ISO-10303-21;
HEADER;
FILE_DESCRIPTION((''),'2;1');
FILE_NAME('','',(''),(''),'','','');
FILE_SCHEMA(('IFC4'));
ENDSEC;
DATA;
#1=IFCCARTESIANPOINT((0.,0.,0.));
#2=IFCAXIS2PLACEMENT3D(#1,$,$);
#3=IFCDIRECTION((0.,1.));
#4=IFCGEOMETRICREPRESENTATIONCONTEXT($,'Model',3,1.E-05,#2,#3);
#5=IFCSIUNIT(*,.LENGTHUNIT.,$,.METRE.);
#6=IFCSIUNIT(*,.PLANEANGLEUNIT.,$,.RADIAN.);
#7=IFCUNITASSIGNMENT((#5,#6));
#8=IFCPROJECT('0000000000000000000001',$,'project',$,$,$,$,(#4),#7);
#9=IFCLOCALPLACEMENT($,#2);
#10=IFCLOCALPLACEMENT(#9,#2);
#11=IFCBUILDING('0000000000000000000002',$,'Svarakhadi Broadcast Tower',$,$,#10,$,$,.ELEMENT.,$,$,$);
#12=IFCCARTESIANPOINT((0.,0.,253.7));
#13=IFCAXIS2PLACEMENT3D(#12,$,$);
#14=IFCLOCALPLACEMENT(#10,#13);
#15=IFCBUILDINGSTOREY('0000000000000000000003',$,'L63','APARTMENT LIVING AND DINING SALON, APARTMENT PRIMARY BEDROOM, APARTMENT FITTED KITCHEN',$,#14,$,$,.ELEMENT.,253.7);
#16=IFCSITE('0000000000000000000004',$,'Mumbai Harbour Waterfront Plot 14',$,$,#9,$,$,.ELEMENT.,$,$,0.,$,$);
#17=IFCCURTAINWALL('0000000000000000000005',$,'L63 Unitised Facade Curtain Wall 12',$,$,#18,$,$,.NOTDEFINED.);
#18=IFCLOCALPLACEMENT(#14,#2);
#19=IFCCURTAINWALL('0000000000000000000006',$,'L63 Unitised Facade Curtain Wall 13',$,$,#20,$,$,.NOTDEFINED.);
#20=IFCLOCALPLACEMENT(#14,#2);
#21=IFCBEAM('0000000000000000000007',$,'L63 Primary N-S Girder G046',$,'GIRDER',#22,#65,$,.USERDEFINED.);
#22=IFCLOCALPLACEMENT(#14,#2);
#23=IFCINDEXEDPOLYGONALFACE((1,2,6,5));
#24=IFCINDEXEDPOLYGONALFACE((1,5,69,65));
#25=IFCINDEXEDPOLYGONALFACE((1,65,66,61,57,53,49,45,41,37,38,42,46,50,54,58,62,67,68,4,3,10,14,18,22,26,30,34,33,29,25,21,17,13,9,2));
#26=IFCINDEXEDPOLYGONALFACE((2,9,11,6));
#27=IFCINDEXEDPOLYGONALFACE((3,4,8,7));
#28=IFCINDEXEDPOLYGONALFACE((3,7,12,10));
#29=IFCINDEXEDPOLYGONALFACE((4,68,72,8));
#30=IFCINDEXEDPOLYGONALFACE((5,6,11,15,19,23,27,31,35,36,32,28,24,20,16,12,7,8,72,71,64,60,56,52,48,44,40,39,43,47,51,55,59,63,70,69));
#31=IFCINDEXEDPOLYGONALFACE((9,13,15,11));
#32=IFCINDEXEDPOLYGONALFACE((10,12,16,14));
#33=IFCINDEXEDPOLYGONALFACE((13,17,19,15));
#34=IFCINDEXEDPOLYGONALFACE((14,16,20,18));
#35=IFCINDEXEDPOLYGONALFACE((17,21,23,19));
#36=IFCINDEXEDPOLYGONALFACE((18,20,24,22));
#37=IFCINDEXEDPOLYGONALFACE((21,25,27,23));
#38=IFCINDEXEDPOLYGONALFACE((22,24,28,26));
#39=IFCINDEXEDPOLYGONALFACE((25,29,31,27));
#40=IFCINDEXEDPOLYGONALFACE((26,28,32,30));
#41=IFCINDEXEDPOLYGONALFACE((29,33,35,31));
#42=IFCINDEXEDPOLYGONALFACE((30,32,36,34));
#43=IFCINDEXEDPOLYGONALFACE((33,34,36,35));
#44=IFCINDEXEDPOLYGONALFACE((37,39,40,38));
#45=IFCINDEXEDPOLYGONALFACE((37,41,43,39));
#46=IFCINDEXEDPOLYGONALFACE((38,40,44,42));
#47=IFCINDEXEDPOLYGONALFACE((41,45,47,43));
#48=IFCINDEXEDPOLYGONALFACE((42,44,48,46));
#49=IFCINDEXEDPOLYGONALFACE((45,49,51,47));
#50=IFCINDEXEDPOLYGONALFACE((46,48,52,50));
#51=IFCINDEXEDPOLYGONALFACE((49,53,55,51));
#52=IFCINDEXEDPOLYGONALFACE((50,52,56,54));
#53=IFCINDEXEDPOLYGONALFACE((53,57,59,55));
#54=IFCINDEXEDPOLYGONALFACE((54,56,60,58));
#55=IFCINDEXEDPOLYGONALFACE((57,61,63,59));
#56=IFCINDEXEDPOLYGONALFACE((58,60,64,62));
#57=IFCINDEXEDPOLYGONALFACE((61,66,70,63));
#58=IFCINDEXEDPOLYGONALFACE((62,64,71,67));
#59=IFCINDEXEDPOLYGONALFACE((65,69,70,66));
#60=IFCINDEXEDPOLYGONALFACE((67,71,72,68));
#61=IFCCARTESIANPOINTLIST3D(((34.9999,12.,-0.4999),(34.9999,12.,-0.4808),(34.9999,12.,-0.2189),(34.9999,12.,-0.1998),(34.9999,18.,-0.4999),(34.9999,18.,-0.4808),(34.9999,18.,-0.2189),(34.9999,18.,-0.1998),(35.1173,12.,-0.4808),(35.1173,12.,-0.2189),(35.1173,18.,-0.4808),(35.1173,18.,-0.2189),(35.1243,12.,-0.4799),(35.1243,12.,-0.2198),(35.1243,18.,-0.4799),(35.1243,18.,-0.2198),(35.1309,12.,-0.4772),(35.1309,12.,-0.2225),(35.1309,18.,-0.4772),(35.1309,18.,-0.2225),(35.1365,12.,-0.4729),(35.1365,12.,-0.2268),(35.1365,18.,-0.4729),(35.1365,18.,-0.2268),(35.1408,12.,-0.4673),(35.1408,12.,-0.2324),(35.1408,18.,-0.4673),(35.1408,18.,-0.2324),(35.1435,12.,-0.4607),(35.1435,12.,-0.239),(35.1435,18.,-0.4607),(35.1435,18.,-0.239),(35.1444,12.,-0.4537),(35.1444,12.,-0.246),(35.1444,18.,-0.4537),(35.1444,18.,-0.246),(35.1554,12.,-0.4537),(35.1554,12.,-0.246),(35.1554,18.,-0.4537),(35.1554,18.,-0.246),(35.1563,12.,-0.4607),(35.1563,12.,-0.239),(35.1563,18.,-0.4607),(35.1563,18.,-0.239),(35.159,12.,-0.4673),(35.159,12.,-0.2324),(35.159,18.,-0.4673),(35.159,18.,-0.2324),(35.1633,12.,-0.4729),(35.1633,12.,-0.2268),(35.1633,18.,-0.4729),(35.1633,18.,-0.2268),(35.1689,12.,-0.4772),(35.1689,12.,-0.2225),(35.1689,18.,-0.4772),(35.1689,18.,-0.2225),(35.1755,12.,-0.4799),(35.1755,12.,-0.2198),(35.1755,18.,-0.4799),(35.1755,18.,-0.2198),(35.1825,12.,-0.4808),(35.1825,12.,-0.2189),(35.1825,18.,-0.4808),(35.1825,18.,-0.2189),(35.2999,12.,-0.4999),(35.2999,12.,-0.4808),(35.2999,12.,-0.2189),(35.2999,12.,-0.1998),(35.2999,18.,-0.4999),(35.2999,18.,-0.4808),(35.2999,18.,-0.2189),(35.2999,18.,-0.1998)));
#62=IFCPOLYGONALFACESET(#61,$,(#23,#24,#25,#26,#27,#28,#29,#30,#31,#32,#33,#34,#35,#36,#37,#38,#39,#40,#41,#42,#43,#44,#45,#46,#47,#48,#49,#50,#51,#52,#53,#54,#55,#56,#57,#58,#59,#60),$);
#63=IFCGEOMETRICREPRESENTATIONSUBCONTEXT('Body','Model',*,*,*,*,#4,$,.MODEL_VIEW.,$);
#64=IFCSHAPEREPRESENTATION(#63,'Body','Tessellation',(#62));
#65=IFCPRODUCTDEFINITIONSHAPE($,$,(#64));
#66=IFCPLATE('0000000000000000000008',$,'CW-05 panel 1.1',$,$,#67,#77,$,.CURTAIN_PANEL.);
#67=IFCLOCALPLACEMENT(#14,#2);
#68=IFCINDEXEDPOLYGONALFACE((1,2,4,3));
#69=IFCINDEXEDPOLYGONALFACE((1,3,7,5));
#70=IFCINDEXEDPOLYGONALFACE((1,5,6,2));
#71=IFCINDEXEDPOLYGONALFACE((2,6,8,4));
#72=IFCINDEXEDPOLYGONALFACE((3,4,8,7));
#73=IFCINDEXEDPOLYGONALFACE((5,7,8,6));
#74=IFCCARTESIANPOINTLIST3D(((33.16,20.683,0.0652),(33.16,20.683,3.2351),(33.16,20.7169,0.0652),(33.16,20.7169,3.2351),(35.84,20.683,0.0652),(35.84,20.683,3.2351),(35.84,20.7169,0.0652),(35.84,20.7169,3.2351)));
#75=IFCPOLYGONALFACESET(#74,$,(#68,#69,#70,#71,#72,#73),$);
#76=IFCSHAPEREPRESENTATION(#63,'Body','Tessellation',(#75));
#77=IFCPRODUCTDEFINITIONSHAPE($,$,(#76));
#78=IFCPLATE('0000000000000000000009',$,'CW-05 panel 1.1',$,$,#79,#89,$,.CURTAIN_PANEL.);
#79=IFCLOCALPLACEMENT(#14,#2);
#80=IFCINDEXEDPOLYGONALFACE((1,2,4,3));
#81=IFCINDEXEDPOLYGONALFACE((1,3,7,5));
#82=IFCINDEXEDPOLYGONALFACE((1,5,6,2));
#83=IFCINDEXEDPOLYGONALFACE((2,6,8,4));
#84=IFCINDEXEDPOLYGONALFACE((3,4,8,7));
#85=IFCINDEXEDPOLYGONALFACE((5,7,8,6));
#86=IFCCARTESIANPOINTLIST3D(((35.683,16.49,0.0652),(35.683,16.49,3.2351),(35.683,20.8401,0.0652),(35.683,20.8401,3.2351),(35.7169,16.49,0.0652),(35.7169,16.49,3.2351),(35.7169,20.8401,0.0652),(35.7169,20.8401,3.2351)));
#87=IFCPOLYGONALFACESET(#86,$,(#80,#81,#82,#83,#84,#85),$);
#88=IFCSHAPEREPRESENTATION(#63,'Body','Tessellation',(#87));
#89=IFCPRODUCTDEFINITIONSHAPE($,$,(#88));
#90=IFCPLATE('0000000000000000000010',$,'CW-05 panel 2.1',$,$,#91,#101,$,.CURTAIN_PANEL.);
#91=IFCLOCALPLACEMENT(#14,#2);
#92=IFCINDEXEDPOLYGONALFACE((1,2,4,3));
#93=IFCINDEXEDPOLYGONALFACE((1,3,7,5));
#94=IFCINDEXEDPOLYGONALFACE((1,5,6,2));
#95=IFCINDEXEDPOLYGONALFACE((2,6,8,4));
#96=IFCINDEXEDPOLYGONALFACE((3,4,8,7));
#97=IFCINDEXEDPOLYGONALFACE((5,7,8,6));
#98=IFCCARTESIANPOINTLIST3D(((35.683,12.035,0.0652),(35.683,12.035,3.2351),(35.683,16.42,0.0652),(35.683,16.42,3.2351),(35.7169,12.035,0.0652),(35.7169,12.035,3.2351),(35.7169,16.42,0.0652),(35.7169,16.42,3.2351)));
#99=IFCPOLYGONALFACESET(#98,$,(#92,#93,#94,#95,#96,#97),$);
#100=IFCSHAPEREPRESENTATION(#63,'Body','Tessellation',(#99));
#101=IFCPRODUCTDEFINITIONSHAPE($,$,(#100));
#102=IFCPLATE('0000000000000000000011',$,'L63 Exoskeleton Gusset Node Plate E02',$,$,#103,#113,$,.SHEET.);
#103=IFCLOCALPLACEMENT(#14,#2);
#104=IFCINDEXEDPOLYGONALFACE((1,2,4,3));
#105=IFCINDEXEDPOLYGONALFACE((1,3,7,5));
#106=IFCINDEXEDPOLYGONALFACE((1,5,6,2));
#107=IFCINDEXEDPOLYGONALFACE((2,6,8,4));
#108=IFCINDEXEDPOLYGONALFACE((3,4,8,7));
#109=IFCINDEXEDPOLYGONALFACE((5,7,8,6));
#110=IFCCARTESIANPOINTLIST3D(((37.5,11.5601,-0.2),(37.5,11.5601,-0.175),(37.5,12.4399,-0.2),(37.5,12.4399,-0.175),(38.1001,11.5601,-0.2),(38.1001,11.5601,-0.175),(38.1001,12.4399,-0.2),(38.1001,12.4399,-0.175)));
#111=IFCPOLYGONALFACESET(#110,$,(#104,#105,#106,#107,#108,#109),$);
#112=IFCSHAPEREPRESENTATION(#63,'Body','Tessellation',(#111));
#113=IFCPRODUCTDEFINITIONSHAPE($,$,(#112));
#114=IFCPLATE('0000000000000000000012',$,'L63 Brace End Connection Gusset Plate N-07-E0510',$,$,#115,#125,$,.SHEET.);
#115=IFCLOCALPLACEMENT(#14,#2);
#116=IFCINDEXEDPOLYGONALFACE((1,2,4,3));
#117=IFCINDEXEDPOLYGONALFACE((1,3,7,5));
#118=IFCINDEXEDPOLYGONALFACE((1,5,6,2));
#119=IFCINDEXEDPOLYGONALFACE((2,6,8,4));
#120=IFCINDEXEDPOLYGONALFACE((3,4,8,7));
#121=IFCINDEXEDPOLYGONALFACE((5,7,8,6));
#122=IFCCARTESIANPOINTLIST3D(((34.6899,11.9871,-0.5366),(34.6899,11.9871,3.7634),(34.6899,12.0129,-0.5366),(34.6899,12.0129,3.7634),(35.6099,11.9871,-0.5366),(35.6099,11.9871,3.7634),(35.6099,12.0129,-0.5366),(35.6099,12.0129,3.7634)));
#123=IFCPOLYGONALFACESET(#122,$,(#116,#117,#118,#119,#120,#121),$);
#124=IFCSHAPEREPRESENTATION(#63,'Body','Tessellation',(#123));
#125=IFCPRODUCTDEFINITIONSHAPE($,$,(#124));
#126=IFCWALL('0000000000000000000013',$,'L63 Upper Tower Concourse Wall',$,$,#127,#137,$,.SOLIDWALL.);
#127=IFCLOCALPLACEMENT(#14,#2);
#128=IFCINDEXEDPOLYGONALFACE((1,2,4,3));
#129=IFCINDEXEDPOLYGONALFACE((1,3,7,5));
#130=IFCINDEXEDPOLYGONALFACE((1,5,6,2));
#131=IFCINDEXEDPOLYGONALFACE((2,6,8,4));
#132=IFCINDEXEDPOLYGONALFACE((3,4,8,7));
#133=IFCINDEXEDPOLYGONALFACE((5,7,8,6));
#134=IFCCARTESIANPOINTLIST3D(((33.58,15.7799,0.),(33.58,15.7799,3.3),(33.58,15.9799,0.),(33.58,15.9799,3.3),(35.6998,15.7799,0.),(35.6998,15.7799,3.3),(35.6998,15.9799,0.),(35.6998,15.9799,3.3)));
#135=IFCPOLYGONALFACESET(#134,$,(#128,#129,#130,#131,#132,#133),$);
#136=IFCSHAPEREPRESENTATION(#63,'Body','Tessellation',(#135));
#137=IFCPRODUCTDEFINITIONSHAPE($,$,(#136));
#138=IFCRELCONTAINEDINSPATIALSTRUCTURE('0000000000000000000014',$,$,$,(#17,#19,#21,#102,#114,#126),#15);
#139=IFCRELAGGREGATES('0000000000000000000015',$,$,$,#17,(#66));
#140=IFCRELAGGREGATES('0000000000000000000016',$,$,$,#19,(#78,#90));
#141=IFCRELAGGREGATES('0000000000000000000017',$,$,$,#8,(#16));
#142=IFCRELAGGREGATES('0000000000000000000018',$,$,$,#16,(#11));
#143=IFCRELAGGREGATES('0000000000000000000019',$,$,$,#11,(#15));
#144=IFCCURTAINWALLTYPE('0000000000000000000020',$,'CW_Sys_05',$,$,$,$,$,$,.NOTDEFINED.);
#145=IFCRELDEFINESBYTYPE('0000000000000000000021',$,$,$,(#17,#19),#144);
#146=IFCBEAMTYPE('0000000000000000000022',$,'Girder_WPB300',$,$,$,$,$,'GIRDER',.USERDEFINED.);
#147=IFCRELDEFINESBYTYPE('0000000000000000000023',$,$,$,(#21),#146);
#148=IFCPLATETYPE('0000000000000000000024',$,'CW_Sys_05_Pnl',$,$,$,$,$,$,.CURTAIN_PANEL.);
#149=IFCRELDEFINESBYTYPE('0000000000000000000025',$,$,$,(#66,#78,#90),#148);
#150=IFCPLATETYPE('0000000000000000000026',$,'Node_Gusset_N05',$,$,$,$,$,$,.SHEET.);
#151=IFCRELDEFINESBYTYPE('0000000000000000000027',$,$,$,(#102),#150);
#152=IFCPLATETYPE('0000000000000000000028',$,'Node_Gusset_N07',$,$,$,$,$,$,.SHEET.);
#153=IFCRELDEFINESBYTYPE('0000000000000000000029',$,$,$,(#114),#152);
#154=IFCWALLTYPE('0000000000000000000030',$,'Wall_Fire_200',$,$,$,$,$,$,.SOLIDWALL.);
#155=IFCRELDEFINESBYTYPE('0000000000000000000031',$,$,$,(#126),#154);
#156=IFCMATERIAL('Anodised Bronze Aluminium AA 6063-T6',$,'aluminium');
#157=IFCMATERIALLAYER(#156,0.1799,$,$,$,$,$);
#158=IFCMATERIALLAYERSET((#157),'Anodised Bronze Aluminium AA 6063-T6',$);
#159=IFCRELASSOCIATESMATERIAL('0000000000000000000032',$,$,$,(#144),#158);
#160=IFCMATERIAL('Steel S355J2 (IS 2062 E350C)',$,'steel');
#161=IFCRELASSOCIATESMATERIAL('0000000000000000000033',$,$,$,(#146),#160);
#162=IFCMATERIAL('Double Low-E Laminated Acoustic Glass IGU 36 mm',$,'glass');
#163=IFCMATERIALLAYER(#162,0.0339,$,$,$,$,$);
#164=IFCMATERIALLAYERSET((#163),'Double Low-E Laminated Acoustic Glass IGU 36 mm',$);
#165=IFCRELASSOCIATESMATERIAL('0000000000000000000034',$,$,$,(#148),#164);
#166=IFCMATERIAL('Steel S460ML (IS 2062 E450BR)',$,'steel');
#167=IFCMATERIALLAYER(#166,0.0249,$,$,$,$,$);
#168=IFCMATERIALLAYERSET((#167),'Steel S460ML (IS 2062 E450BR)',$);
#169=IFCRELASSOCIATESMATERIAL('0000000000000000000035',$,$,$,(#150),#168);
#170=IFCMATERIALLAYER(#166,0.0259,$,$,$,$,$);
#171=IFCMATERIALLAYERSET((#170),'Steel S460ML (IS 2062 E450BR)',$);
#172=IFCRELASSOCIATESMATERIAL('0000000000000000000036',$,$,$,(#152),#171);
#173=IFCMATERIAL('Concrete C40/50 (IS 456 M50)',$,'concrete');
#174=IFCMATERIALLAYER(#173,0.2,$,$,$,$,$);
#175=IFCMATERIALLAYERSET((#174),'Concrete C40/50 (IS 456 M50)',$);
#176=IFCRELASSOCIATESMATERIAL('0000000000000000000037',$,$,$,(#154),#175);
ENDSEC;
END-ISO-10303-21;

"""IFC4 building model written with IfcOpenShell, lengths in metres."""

from ifc_helpers import new_model, si_unit, direction, frame, frame_2d, origin, origin_2d, place, context, subcontext, project, spatial, rectangle, i_section, extrude, material, layer, layer_set, material_profile, profile_set, type_object, element, aggregate, save


model = new_model("IFC4")

# Units and contexts
model_context = context("Model", 3, precision=1e-05, world=origin(), true_north=direction((0.0, 1.0)))
body_context = subcontext(model_context, "Body", "Model", "MODEL_VIEW")
ifc_project = project(units=[si_unit("LENGTHUNIT", "METRE"), si_unit("PLANEANGLEUNIT", "RADIAN")], contexts=[model_context])

# Site, building, storey
site_placement = place(None, origin())
site = spatial("IfcSite", under=ifc_project, at=site_placement, Name="Mumbai Harbour Waterfront Plot 14", CompositionType="ELEMENT", RefElevation=0.0)
building_placement = place(site_placement, origin())
building = spatial("IfcBuilding", under=site, at=building_placement, Name="Svarakhadi Broadcast Tower", CompositionType="ELEMENT")
storey_placement = place(building_placement, frame((0.0, 0.0, 253.7)))
storey = spatial("IfcBuildingStorey", under=building, at=storey_placement, Name="L63", Description="APARTMENT LIVING AND DINING SALON, APARTMENT PRIMARY BEDROOM, APARTMENT FITTED KITCHEN", CompositionType="ELEMENT", Elevation=253.7)

# Shared definitions
ifc_material_1 = material(Name="Steel S460ML (IS 2062 E450BR)", Category="steel")

# Curtain wall
ifc_material_2 = material(Name="Anodised Bronze Aluminium AA 6063-T6", Category="aluminium")
ifc_layer_1 = layer(ifc_material_2, 0.1799)
ifc_layer_set_1 = layer_set([ifc_layer_1], Name="Anodised Bronze Aluminium AA 6063-T6")
curtain_wall_type = type_object("IfcCurtainWallType", Name="CW_Sys_05", PredefinedType="NOTDEFINED", material=ifc_layer_set_1)
curtain_wall_1_placement = place(storey_placement, origin())
curtain_wall_1 = element("IfcCurtainWall", 1, at=curtain_wall_1_placement, inside=storey, type_object=curtain_wall_type, Name="L63 Unitised Facade Curtain Wall 12", PredefinedType="NOTDEFINED")

# Curtain wall
curtain_wall_2_placement = place(storey_placement, origin())
curtain_wall_2 = element("IfcCurtainWall", 2, at=curtain_wall_2_placement, inside=storey, type_object=curtain_wall_type, Name="L63 Unitised Facade Curtain Wall 13", PredefinedType="NOTDEFINED")

# Beam
ifc_material_3 = material(Name="Steel S355J2 (IS 2062 E350C)", Category="steel")
ifc_material_profile_1 = material_profile(ifc_material_3, i_section(OverallWidth=0.3, OverallDepth=0.3, WebThickness=0.011, FlangeThickness=0.019, FilletRadius=0.0271, at=origin_2d()), Name="WPB 300x300x117")
ifc_profile_set_1 = profile_set([ifc_material_profile_1], Name="Steel S355J2 (IS 2062 E350C)")
beam_type = type_object("IfcBeamType", Name="Girder_WPB300", ElementType="GIRDER", PredefinedType="USERDEFINED", material=ifc_profile_set_1)
beam_1_placement = place(storey_placement, frame((35.1499, 12.0, -0.3499), z_axis=(0.0, 1.0, 0.0), x_axis=(-1.0, 0.0, 0.0)))
element("IfcBeam", 3, at=beam_1_placement, inside=storey, type_object=beam_type, Name="L63 Primary N-S Girder G046", ObjectType="GIRDER", PredefinedType="USERDEFINED", context=body_context, shape_type="SweptSolid", body=[
    extrude(i_section(OverallWidth=0.3, OverallDepth=0.3, WebThickness=0.011, FlangeThickness=0.019, FilletRadius=0.0271, at=origin_2d()), origin(), (0.0, 0.0, 1.0), 6.0),
])

# Plates
ifc_material_4 = material(Name="Double Low-E Laminated Acoustic Glass IGU 36 mm", Category="glass")
ifc_layer_2 = layer(ifc_material_4, 0.0339)
ifc_layer_set_2 = layer_set([ifc_layer_2], Name="Double Low-E Laminated Acoustic Glass IGU 36 mm")
plate_type_1 = type_object("IfcPlateType", Name="CW_Sys_05_Pnl", PredefinedType="CURTAIN_PANEL", material=ifc_layer_set_2)
plate_1_placement = place(storey_placement, frame((34.5, 20.7, 0.0652), z_axis=(0.0, 0.0, 1.0), x_axis=(1.0, 0.0, 0.0)))
plate_1 = element("IfcPlate", 4, at=plate_1_placement, type_object=plate_type_1, Name="CW-05 panel 1.1", PredefinedType="CURTAIN_PANEL", context=body_context, shape_type="SweptSolid", body=[
    extrude(rectangle(XDim=2.6799, YDim=0.0339, at=origin_2d()), origin(), (0.0, 0.0, 1.0), 3.1699),
])
aggregate(curtain_wall_1, [plate_1])
plate_2_placement = place(storey_placement, frame((35.7, 18.665, 0.0652), z_axis=(0.0, 0.0, 1.0), x_axis=(0.0, -1.0, 0.0)))
plate_2 = element("IfcPlate", 5, at=plate_2_placement, type_object=plate_type_1, Name="CW-05 panel 1.1", PredefinedType="CURTAIN_PANEL", context=body_context, shape_type="SweptSolid", body=[
    extrude(rectangle(XDim=4.3501, YDim=0.0339, at=origin_2d()), origin(), (0.0, 0.0, 1.0), 3.1699),
])
plate_3_placement = place(storey_placement, frame((35.7, 14.2275, 0.0652), z_axis=(0.0, 0.0, 1.0), x_axis=(0.0, -1.0, 0.0)))
plate_3 = element("IfcPlate", 6, at=plate_3_placement, type_object=plate_type_1, Name="CW-05 panel 2.1", PredefinedType="CURTAIN_PANEL", context=body_context, shape_type="SweptSolid", body=[
    extrude(rectangle(XDim=4.385, YDim=0.0339, at=origin_2d()), origin(), (0.0, 0.0, 1.0), 3.1699),
])
aggregate(curtain_wall_2, [plate_2, plate_3])

# Plates
ifc_layer_3 = layer(ifc_material_1, 0.0249)
ifc_layer_set_3 = layer_set([ifc_layer_3], Name="Steel S460ML (IS 2062 E450BR)")
plate_type_2 = type_object("IfcPlateType", Name="Node_Gusset_N05", PredefinedType="SHEET", material=ifc_layer_set_3)
plate_4_placement = place(storey_placement, frame((37.8, 12.0, -0.2), z_axis=(0.0, 0.0, 1.0), x_axis=(0.0, 1.0, 0.0)))
element("IfcPlate", 7, at=plate_4_placement, inside=storey, type_object=plate_type_2, Name="L63 Exoskeleton Gusset Node Plate E02", PredefinedType="SHEET", context=body_context, shape_type="SweptSolid", body=[
    extrude(rectangle(XDim=0.8799, YDim=0.6001, at=origin_2d()), origin(), (0.0, 0.0, 1.0), 0.0249),
])
ifc_layer_4 = layer(ifc_material_1, 0.0259)
ifc_layer_set_4 = layer_set([ifc_layer_4], Name="Steel S460ML (IS 2062 E450BR)")
plate_type_3 = type_object("IfcPlateType", Name="Node_Gusset_N07", PredefinedType="SHEET", material=ifc_layer_set_4)
plate_5_placement = place(storey_placement, frame((35.1499, 12.0, -0.5366), z_axis=(0.0, 0.0, 1.0), x_axis=(1.0, 0.0, 0.0)))
element("IfcPlate", 8, at=plate_5_placement, inside=storey, type_object=plate_type_3, Name="L63 Brace End Connection Gusset Plate N-07-E0510", PredefinedType="SHEET", context=body_context, shape_type="SweptSolid", body=[
    extrude(rectangle(XDim=0.9199, YDim=0.0259, at=origin_2d()), origin(), (0.0, 0.0, 1.0), 4.3),
])

# Wall
ifc_material_5 = material(Name="Concrete C40/50 (IS 456 M50)", Category="concrete")
ifc_layer_5 = layer(ifc_material_5, 0.2)
ifc_layer_set_5 = layer_set([ifc_layer_5], Name="Concrete C40/50 (IS 456 M50)")
wall_type = type_object("IfcWallType", Name="Wall_Fire_200", PredefinedType="SOLIDWALL", material=ifc_layer_set_5)
wall_placement = place(storey_placement, frame((35.7, 15.8799, 0.0), z_axis=(0.0, 0.0, 1.0), x_axis=(-1.0, 0.0, 0.0)))
element("IfcWall", 9, at=wall_placement, inside=storey, type_object=wall_type, Name="L63 Upper Tower Concourse Wall", PredefinedType="SOLIDWALL", context=body_context, shape_type="SweptSolid", body=[
    extrude(rectangle(XDim=2.1199, YDim=0.2, at=frame_2d((1.0601, 0.0))), origin(), (0.0, 0.0, 1.0), 3.3),
])

save(model, "model.ifc")
